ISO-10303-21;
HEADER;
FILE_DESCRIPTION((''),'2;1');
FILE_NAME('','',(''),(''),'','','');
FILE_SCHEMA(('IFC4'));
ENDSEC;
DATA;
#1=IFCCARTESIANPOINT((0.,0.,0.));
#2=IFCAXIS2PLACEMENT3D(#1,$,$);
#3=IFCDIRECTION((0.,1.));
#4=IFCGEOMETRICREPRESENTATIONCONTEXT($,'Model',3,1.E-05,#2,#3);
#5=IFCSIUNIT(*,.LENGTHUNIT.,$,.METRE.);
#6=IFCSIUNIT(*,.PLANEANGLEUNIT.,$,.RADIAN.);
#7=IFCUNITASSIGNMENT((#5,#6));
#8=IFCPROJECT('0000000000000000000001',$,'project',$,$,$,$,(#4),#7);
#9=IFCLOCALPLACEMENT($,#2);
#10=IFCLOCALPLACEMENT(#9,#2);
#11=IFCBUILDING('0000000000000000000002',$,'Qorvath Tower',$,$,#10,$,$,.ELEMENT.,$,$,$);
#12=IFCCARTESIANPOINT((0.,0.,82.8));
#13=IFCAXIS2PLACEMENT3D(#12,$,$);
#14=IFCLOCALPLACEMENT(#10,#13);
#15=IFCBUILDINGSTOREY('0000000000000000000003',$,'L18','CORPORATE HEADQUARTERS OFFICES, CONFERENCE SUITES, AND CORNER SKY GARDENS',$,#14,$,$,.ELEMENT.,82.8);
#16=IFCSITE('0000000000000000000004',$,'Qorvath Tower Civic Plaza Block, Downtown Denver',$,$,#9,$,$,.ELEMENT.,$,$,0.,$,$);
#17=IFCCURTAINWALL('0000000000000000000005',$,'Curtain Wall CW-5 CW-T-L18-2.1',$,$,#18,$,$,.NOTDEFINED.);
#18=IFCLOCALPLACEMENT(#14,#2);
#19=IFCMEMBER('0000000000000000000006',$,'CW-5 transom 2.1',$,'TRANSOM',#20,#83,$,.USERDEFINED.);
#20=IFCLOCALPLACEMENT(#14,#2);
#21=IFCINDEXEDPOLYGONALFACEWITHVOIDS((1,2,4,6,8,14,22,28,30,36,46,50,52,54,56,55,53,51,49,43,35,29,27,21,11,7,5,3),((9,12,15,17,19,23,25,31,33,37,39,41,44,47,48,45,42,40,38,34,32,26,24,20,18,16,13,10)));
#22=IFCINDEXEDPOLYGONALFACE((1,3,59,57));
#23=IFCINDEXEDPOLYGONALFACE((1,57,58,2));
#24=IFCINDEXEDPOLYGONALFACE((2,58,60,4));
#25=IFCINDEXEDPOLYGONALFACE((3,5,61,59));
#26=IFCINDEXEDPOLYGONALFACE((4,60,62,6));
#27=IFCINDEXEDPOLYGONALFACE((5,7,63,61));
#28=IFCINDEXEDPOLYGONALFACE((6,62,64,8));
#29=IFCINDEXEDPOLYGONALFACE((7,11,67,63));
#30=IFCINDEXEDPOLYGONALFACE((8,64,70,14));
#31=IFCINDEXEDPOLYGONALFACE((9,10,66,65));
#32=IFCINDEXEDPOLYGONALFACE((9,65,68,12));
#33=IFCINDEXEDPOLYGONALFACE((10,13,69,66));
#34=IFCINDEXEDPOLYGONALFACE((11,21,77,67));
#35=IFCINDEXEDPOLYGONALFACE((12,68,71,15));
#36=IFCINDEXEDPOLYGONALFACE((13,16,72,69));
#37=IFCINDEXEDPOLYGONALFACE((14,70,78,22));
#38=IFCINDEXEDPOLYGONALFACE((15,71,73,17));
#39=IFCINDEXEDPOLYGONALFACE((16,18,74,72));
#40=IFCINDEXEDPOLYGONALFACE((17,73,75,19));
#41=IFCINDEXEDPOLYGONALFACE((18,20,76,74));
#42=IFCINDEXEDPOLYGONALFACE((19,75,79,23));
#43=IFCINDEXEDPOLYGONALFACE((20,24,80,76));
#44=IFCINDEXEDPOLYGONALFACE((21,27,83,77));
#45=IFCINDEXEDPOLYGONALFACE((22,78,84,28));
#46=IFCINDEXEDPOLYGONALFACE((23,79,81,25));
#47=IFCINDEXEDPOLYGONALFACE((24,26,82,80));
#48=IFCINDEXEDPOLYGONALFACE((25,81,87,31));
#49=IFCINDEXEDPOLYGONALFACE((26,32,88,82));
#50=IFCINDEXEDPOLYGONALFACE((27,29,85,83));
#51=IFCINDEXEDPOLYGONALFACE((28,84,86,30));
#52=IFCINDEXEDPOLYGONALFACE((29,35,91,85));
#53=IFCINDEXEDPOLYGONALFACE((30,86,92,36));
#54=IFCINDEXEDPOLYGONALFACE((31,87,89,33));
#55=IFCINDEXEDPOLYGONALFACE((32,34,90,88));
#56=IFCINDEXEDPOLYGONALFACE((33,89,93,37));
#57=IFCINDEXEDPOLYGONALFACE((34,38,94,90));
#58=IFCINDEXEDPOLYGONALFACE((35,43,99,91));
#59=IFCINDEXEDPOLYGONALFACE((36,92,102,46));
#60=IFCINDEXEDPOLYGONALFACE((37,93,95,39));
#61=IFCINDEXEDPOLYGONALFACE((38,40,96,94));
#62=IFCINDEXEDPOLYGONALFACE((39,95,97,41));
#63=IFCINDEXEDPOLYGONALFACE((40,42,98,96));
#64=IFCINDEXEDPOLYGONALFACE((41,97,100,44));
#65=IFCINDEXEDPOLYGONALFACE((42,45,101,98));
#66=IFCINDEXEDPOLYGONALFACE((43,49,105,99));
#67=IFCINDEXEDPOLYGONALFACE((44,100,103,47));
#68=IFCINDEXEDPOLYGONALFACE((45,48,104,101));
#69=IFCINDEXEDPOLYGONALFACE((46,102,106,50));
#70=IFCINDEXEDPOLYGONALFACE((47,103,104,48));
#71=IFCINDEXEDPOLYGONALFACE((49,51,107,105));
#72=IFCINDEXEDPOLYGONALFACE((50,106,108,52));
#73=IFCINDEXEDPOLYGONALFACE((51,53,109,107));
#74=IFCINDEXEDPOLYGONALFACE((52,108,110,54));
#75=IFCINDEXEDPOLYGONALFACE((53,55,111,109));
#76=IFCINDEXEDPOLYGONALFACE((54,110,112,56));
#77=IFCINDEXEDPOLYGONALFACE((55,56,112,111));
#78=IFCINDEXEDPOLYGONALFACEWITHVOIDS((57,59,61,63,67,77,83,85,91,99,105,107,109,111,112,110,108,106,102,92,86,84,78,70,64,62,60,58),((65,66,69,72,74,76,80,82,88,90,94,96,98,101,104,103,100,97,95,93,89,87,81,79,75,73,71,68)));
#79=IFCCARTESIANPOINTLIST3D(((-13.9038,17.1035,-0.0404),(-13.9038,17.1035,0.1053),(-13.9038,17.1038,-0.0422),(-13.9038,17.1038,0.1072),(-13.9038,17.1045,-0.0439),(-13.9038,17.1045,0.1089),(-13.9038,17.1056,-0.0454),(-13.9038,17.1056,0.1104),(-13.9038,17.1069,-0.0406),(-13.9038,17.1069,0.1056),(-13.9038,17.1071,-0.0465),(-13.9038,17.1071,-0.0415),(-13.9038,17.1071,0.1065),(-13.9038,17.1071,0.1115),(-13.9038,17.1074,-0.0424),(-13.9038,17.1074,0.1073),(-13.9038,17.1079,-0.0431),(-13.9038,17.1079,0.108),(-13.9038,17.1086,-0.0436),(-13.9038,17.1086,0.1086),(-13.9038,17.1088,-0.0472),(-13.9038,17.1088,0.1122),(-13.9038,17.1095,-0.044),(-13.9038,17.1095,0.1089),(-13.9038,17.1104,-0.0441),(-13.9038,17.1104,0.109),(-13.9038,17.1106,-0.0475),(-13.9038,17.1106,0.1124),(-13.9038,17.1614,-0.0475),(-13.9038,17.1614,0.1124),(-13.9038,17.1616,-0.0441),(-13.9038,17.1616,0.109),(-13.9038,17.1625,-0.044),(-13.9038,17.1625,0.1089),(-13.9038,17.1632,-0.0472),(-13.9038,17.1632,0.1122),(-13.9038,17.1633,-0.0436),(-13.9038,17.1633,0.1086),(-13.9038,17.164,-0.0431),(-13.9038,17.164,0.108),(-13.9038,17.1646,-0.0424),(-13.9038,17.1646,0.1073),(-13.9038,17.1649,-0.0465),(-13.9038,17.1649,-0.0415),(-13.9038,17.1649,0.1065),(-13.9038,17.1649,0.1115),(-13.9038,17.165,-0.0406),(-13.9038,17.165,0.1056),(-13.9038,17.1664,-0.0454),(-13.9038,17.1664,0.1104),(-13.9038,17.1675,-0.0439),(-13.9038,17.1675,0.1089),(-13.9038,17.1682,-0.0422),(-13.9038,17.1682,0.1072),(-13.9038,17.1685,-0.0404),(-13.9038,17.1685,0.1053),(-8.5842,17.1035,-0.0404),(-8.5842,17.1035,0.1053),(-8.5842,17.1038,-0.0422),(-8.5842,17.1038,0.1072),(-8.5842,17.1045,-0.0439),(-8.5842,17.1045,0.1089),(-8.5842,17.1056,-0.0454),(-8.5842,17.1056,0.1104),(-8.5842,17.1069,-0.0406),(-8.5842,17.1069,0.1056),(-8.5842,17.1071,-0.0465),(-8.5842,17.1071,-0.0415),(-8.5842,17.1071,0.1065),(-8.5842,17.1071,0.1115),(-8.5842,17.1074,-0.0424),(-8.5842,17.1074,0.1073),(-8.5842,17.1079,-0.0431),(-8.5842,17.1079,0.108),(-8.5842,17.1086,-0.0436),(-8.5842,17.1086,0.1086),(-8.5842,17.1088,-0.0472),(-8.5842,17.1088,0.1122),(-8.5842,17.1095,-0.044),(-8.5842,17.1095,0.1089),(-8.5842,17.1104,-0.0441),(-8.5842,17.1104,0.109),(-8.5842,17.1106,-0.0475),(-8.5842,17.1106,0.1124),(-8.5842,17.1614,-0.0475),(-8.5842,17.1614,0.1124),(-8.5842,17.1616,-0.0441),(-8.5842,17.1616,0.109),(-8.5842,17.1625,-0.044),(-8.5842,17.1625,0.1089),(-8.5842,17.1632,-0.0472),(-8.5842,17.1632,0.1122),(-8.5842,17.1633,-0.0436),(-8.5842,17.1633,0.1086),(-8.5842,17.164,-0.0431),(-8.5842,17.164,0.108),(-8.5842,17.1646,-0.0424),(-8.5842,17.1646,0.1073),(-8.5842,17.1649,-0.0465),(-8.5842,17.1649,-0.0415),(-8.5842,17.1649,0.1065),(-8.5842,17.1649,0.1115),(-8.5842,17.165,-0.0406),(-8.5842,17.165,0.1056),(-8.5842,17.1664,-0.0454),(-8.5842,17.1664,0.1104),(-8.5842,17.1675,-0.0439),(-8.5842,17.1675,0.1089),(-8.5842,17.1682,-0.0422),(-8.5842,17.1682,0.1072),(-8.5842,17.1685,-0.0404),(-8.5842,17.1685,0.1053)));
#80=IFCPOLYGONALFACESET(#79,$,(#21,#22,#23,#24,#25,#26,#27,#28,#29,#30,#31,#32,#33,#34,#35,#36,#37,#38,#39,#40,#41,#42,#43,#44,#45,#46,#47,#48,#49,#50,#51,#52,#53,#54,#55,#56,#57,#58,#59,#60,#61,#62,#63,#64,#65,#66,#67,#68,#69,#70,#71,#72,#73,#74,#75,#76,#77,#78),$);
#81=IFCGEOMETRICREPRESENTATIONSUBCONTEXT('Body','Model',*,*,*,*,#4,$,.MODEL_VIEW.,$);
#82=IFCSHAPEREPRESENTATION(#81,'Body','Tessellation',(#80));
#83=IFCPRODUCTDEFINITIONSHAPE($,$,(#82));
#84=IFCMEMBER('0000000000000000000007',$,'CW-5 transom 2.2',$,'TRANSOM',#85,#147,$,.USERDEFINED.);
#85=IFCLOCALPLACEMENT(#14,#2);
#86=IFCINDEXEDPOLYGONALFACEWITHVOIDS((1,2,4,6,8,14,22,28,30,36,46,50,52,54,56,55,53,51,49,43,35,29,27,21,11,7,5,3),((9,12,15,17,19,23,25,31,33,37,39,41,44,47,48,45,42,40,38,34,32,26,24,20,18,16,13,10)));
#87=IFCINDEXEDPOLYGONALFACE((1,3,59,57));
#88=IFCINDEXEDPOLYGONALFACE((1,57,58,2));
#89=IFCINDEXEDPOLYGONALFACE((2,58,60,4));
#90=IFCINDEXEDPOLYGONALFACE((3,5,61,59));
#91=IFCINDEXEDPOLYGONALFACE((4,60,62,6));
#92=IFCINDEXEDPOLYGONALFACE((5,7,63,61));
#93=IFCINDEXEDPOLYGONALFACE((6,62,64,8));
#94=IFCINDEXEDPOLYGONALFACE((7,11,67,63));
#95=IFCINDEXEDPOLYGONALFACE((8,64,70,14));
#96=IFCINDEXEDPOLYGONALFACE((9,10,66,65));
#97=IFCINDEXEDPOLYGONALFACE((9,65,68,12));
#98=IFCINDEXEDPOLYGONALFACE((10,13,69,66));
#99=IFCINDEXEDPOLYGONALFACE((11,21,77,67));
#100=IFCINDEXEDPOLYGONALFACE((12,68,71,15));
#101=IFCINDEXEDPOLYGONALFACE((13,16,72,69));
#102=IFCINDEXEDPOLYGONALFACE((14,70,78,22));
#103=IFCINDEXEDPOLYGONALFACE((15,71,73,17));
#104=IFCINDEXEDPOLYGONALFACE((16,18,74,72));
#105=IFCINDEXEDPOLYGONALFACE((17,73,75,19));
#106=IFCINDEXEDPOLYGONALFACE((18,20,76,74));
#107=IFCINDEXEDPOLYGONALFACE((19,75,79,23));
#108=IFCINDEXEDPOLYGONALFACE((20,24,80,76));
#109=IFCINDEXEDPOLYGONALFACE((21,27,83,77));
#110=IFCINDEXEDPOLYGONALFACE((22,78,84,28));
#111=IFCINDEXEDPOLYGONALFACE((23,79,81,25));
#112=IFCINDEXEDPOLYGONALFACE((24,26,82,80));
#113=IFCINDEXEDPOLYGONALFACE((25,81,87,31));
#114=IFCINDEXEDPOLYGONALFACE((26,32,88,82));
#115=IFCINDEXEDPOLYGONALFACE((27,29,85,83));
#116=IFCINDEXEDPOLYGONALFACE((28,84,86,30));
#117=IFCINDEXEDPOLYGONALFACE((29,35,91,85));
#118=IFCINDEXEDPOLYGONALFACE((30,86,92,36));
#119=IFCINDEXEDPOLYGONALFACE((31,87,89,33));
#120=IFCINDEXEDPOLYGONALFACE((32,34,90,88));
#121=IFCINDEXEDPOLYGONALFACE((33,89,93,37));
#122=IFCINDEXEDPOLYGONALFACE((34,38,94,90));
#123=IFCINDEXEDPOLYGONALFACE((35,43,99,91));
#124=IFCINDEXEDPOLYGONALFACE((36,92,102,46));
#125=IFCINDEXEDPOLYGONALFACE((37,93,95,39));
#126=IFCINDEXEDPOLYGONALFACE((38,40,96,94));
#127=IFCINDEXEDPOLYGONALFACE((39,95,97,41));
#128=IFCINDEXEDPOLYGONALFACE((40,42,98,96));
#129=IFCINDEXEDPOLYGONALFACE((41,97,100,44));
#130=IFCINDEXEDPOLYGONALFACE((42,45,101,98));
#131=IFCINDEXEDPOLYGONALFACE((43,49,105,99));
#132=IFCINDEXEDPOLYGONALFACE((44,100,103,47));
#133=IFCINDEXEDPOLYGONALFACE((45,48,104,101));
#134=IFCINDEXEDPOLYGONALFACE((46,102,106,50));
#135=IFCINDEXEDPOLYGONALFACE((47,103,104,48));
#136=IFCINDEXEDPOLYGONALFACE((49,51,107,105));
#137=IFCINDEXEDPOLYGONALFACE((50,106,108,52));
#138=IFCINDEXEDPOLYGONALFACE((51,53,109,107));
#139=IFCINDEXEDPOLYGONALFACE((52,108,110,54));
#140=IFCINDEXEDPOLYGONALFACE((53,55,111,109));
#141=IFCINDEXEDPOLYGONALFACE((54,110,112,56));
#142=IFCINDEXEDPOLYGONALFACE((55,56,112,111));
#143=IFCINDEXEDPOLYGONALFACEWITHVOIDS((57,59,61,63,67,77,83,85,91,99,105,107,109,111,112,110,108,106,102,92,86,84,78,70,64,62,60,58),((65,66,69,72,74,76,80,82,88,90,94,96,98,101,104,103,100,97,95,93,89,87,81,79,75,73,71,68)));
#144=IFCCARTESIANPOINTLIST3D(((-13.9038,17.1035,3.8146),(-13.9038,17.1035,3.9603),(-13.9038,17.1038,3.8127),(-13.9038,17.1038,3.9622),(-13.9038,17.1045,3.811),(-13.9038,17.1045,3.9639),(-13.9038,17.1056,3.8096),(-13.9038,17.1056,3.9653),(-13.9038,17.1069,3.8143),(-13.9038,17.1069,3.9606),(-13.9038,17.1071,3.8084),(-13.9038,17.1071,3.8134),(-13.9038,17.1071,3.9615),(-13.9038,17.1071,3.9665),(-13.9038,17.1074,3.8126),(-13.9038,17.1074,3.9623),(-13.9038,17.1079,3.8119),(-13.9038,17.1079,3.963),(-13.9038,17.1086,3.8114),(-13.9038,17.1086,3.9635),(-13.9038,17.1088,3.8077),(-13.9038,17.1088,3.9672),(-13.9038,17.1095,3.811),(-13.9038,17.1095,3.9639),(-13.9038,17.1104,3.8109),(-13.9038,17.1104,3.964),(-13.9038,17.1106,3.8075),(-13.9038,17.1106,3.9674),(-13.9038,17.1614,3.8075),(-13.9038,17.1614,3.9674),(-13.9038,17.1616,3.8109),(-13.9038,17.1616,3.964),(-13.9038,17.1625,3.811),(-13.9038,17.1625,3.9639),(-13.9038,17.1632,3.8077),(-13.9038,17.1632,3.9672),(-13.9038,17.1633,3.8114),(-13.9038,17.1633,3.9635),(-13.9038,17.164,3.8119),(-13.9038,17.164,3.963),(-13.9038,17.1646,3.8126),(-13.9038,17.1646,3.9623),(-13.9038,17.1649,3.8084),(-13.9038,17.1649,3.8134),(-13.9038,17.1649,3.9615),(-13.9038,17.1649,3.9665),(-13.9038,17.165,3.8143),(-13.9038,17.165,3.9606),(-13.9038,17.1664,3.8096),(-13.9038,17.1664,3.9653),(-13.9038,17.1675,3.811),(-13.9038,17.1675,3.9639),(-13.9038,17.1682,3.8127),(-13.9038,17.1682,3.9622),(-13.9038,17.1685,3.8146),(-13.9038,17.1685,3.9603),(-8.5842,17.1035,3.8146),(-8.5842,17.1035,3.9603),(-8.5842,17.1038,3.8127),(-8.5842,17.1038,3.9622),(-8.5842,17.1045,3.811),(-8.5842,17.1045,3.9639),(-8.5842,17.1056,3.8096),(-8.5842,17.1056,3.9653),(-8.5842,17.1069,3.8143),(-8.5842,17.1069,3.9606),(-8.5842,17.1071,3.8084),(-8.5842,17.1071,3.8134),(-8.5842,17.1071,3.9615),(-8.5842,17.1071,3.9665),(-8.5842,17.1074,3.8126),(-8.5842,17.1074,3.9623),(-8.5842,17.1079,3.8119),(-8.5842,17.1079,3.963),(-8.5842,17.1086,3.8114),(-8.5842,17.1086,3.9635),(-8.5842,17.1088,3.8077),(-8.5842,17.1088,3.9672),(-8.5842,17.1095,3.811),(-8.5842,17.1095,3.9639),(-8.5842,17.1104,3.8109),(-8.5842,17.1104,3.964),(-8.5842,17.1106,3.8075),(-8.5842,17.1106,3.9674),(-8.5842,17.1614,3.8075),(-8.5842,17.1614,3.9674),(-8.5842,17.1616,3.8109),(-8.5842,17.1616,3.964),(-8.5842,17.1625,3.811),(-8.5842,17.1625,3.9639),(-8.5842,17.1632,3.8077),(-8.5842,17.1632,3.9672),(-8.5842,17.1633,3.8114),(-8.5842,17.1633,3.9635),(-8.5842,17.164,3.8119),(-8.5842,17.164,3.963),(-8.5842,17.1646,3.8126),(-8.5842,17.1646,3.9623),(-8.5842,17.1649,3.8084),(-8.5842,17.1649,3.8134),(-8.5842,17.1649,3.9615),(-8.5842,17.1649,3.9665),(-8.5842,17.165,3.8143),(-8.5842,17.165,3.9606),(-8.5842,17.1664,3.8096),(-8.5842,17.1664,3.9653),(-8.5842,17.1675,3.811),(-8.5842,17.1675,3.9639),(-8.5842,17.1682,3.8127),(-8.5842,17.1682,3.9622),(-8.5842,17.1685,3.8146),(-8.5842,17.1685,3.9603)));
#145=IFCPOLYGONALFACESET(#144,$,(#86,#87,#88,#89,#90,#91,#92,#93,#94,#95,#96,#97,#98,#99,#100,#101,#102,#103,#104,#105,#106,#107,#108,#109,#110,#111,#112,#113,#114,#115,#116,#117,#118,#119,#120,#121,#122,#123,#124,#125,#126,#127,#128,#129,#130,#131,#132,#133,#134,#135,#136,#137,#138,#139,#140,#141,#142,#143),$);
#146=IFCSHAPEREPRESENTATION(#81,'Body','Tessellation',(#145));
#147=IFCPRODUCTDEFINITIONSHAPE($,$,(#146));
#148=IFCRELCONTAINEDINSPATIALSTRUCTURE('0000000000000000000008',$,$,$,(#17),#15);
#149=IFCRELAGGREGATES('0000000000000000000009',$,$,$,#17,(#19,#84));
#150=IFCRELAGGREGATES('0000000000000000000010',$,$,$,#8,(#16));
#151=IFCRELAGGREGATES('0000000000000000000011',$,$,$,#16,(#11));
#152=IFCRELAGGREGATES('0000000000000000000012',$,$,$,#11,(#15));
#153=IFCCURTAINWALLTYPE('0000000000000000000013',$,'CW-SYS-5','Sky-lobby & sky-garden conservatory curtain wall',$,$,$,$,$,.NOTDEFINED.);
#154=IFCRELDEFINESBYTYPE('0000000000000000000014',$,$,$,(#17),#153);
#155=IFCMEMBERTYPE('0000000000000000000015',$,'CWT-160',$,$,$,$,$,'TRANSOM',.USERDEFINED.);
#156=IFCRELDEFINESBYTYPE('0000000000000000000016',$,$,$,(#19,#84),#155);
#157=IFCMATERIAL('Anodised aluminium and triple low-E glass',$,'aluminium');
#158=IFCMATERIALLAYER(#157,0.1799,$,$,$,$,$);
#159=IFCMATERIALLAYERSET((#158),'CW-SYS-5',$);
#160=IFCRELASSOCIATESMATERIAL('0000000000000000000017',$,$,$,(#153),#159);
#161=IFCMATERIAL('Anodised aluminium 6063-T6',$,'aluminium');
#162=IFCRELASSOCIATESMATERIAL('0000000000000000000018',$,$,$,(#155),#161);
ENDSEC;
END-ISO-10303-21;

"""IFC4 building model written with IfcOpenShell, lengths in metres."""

from ifc_helpers import new_model, si_unit, direction, frame, origin, origin_2d, place, context, subcontext, project, spatial, hollow_rectangle, extrude, material, layer, layer_set, material_profile, profile_set, type_object, element, aggregate, save


model = new_model("IFC4")

# Units and contexts
model_context = context("Model", 3, precision=1e-05, world=origin(), true_north=direction((0.0, 1.0)))
body_context = subcontext(model_context, "Body", "Model", "MODEL_VIEW")
ifc_project = project(units=[si_unit("LENGTHUNIT", "METRE"), si_unit("PLANEANGLEUNIT", "RADIAN")], contexts=[model_context])

# Site, building, storey
site_placement = place(None, origin())
site = spatial("IfcSite", under=ifc_project, at=site_placement, Name="Qorvath Tower Civic Plaza Block, Downtown Denver", CompositionType="ELEMENT", RefElevation=0.0)
building_placement = place(site_placement, origin())
building = spatial("IfcBuilding", under=site, at=building_placement, Name="Qorvath Tower", CompositionType="ELEMENT")
storey_placement = place(building_placement, frame((0.0, 0.0, 82.8)))
storey = spatial("IfcBuildingStorey", under=building, at=storey_placement, Name="L18", Description="CORPORATE HEADQUARTERS OFFICES, CONFERENCE SUITES, AND CORNER SKY GARDENS", CompositionType="ELEMENT", Elevation=82.8)

# Curtain wall
ifc_material_1 = material(Name="Anodised aluminium and triple low-E glass", Category="aluminium")
ifc_layer_1 = layer(ifc_material_1, 0.1799)
ifc_layer_set_1 = layer_set([ifc_layer_1], Name="CW-SYS-5")
curtain_wall_type = type_object("IfcCurtainWallType", Name="CW-SYS-5", Description="Sky-lobby & sky-garden conservatory curtain wall", PredefinedType="NOTDEFINED", material=ifc_layer_set_1)
curtain_wall_1_placement = place(storey_placement, origin())
curtain_wall_1 = element("IfcCurtainWall", 1, at=curtain_wall_1_placement, inside=storey, type_object=curtain_wall_type, Name="Curtain Wall CW-5 CW-T-L18-2.1", PredefinedType="NOTDEFINED")

# Members
ifc_material_2 = material(Name="Anodised aluminium 6063-T6", Category="aluminium")
ifc_material_profile_1 = material_profile(ifc_material_2, hollow_rectangle(XDim=0.0649, YDim=0.1599, WallThickness=0.0034, InnerFilletRadius=0.0034, OuterFilletRadius=0.0071, at=origin_2d()), Name="CWT 160x65")
ifc_profile_set_1 = profile_set([ifc_material_profile_1], Name="Anodised aluminium 6063-T6")
member_type_1 = type_object("IfcMemberType", Name="CWT-160", ElementType="TRANSOM", PredefinedType="USERDEFINED", material=ifc_profile_set_1)
member_1_placement = place(storey_placement, frame((-8.5842, 17.136, 0.0325), z_axis=(-1.0, 0.0, 0.0), x_axis=(0.0, -1.0, 0.0)))
member_1 = element("IfcMember", 2, at=member_1_placement, type_object=member_type_1, Name="CW-5 transom 2.1", ObjectType="TRANSOM", PredefinedType="USERDEFINED", context=body_context, shape_type="SweptSolid", body=[
    extrude(hollow_rectangle(XDim=0.0649, YDim=0.1599, WallThickness=0.0034, InnerFilletRadius=0.0034, OuterFilletRadius=0.0071, at=origin_2d()), origin(), (0.0, 0.0, 1.0), 5.3196),
])
member_2_placement = place(storey_placement, frame((-8.5842, 17.136, 3.8875), z_axis=(-1.0, 0.0, 0.0), x_axis=(0.0, -1.0, 0.0)))
member_2 = element("IfcMember", 3, at=member_2_placement, type_object=member_type_1, Name="CW-5 transom 2.2", ObjectType="TRANSOM", PredefinedType="USERDEFINED", context=body_context, shape_type="SweptSolid", body=[
    extrude(hollow_rectangle(XDim=0.0649, YDim=0.1599, WallThickness=0.0034, InnerFilletRadius=0.0034, OuterFilletRadius=0.0071, at=origin_2d()), origin(), (0.0, 0.0, 1.0), 5.3196),
])

aggregate(curtain_wall_1, [member_1, member_2])

save(model, "model.ifc")
